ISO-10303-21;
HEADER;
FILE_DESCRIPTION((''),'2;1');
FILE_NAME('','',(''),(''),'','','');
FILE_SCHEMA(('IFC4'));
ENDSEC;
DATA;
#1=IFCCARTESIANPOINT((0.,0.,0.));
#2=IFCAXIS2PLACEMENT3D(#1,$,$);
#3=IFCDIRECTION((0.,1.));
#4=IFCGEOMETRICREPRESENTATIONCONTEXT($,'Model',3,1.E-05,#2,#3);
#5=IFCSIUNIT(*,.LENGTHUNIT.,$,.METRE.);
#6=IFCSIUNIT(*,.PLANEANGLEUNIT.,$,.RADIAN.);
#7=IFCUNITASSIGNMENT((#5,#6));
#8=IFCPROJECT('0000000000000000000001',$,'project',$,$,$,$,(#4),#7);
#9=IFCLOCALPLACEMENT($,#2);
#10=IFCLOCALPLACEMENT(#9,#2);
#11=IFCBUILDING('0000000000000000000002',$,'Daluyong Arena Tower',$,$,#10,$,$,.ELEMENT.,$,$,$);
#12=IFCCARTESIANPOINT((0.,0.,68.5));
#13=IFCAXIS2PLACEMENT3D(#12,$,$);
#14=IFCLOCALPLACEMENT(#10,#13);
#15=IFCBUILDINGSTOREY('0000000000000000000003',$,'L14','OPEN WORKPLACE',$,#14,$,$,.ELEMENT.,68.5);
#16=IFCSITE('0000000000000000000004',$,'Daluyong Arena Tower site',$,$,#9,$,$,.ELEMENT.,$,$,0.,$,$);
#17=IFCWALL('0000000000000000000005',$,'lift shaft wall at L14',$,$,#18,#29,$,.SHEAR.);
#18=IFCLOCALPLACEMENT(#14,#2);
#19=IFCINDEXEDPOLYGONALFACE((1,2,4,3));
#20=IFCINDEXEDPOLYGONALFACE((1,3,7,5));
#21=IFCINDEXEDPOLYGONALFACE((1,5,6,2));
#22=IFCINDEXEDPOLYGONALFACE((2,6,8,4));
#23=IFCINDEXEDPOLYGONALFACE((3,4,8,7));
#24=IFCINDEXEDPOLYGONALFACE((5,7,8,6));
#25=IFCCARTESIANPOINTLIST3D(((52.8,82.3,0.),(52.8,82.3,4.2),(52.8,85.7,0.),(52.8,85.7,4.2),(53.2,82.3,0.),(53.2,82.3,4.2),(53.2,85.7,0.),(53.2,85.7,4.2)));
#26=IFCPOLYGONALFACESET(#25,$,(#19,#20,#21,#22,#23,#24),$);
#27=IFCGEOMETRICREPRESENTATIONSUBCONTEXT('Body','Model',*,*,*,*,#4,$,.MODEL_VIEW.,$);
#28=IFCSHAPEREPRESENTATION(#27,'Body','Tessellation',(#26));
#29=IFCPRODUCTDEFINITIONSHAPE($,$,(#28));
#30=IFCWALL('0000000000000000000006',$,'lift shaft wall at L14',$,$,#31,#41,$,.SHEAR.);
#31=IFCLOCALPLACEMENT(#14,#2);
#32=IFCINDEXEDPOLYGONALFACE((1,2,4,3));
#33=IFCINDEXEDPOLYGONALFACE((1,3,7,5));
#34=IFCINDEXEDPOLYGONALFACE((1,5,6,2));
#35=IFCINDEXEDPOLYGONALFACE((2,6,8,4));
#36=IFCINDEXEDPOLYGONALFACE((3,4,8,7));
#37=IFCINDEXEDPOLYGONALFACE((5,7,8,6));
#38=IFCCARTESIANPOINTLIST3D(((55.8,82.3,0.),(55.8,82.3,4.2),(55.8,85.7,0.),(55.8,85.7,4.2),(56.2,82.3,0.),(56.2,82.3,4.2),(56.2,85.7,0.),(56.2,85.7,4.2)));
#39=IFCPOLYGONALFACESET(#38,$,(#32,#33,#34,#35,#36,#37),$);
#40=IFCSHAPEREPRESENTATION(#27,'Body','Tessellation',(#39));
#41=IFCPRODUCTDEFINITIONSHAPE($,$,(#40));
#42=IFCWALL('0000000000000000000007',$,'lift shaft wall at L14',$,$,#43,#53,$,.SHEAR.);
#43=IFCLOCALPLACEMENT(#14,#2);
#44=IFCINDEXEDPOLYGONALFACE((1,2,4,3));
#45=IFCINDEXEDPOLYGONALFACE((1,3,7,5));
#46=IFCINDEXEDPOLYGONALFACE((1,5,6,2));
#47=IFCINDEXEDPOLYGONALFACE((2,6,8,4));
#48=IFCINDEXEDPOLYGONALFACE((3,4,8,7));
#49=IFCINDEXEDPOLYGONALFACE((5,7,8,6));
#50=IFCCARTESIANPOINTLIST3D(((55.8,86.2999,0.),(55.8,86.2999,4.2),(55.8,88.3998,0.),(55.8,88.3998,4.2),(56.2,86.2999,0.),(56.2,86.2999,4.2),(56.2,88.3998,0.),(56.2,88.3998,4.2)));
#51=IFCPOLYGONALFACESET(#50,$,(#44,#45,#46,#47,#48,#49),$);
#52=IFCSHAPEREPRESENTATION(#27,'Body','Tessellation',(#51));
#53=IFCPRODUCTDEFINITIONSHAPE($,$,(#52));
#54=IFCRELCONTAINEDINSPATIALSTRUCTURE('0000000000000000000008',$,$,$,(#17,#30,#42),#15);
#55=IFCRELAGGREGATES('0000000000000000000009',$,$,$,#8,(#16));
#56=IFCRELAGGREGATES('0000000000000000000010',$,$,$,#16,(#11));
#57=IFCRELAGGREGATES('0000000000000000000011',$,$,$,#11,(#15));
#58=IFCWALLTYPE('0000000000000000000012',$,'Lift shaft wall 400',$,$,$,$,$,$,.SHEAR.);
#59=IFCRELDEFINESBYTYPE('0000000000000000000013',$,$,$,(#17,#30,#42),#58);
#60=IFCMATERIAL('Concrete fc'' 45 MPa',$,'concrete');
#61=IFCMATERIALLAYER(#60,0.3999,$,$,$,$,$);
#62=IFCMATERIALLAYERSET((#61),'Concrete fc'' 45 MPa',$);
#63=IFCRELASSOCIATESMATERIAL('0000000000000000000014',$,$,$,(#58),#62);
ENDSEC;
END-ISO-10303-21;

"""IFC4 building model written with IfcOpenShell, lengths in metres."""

from ifc_helpers import new_model, si_unit, direction, frame, frame_2d, origin, place, context, subcontext, project, spatial, rectangle, extrude, material, layer, layer_set, type_object, element, save


model = new_model("IFC4")

# Units and contexts
model_context = context("Model", 3, precision=1e-05, world=origin(), true_north=direction((0.0, 1.0)))
body_context = subcontext(model_context, "Body", "Model", "MODEL_VIEW")
ifc_project = project(units=[si_unit("LENGTHUNIT", "METRE"), si_unit("PLANEANGLEUNIT", "RADIAN")], contexts=[model_context])

# Site, building, storey
site_placement = place(None, origin())
site = spatial("IfcSite", under=ifc_project, at=site_placement, Name="Daluyong Arena Tower site", CompositionType="ELEMENT", RefElevation=0.0)
building_placement = place(site_placement, origin())
building = spatial("IfcBuilding", under=site, at=building_placement, Name="Daluyong Arena Tower", CompositionType="ELEMENT")
storey_placement = place(building_placement, frame((0.0, 0.0, 68.5)))
storey = spatial("IfcBuildingStorey", under=building, at=storey_placement, Name="L14", Description="OPEN WORKPLACE", CompositionType="ELEMENT", Elevation=68.5)

# Walls
ifc_material_1 = material(Name="Concrete fc' 45 MPa", Category="concrete")
ifc_layer_1 = layer(ifc_material_1, 0.3999)
ifc_layer_set_1 = layer_set([ifc_layer_1], Name="Concrete fc' 45 MPa")
wall_type_1 = type_object("IfcWallType", Name="Lift shaft wall 400", PredefinedType="SHEAR", material=ifc_layer_set_1)
for number, where, z_axis, x_axis, name in (
    (1, (53.0, 82.3, 0.0), (0.0, 0.0, 1.0), (0.0, 1.0, 0.0), "lift shaft wall at L14"),
    (2, (56.0, 82.3, 0.0), (0.0, 0.0, 1.0), (0.0, 1.0, 0.0), "lift shaft wall at L14"),
):
    element("IfcWall", number, at=place(storey_placement, frame(where, z_axis=z_axis, x_axis=x_axis)), inside=storey, type_object=wall_type_1, Name=name, PredefinedType="SHEAR", context=body_context, shape_type="SweptSolid", body=[
        extrude(rectangle(XDim=3.3999, YDim=0.3999, at=frame_2d((1.7, 0.0))), origin(), (0.0, 0.0, 1.0), 4.2),
    ])
wall_1_placement = place(storey_placement, frame((56.0, 86.3, 0.0), z_axis=(0.0, 0.0, 1.0), x_axis=(0.0, 1.0, 0.0)))
element("IfcWall", 3, at=wall_1_placement, inside=storey, type_object=wall_type_1, Name="lift shaft wall at L14", PredefinedType="SHEAR", context=body_context, shape_type="SweptSolid", body=[
    extrude(rectangle(XDim=2.0999, YDim=0.3999, at=frame_2d((1.0498, 0.0))), origin(), (0.0, 0.0, 1.0), 4.2),
])

save(model, "model.ifc")
